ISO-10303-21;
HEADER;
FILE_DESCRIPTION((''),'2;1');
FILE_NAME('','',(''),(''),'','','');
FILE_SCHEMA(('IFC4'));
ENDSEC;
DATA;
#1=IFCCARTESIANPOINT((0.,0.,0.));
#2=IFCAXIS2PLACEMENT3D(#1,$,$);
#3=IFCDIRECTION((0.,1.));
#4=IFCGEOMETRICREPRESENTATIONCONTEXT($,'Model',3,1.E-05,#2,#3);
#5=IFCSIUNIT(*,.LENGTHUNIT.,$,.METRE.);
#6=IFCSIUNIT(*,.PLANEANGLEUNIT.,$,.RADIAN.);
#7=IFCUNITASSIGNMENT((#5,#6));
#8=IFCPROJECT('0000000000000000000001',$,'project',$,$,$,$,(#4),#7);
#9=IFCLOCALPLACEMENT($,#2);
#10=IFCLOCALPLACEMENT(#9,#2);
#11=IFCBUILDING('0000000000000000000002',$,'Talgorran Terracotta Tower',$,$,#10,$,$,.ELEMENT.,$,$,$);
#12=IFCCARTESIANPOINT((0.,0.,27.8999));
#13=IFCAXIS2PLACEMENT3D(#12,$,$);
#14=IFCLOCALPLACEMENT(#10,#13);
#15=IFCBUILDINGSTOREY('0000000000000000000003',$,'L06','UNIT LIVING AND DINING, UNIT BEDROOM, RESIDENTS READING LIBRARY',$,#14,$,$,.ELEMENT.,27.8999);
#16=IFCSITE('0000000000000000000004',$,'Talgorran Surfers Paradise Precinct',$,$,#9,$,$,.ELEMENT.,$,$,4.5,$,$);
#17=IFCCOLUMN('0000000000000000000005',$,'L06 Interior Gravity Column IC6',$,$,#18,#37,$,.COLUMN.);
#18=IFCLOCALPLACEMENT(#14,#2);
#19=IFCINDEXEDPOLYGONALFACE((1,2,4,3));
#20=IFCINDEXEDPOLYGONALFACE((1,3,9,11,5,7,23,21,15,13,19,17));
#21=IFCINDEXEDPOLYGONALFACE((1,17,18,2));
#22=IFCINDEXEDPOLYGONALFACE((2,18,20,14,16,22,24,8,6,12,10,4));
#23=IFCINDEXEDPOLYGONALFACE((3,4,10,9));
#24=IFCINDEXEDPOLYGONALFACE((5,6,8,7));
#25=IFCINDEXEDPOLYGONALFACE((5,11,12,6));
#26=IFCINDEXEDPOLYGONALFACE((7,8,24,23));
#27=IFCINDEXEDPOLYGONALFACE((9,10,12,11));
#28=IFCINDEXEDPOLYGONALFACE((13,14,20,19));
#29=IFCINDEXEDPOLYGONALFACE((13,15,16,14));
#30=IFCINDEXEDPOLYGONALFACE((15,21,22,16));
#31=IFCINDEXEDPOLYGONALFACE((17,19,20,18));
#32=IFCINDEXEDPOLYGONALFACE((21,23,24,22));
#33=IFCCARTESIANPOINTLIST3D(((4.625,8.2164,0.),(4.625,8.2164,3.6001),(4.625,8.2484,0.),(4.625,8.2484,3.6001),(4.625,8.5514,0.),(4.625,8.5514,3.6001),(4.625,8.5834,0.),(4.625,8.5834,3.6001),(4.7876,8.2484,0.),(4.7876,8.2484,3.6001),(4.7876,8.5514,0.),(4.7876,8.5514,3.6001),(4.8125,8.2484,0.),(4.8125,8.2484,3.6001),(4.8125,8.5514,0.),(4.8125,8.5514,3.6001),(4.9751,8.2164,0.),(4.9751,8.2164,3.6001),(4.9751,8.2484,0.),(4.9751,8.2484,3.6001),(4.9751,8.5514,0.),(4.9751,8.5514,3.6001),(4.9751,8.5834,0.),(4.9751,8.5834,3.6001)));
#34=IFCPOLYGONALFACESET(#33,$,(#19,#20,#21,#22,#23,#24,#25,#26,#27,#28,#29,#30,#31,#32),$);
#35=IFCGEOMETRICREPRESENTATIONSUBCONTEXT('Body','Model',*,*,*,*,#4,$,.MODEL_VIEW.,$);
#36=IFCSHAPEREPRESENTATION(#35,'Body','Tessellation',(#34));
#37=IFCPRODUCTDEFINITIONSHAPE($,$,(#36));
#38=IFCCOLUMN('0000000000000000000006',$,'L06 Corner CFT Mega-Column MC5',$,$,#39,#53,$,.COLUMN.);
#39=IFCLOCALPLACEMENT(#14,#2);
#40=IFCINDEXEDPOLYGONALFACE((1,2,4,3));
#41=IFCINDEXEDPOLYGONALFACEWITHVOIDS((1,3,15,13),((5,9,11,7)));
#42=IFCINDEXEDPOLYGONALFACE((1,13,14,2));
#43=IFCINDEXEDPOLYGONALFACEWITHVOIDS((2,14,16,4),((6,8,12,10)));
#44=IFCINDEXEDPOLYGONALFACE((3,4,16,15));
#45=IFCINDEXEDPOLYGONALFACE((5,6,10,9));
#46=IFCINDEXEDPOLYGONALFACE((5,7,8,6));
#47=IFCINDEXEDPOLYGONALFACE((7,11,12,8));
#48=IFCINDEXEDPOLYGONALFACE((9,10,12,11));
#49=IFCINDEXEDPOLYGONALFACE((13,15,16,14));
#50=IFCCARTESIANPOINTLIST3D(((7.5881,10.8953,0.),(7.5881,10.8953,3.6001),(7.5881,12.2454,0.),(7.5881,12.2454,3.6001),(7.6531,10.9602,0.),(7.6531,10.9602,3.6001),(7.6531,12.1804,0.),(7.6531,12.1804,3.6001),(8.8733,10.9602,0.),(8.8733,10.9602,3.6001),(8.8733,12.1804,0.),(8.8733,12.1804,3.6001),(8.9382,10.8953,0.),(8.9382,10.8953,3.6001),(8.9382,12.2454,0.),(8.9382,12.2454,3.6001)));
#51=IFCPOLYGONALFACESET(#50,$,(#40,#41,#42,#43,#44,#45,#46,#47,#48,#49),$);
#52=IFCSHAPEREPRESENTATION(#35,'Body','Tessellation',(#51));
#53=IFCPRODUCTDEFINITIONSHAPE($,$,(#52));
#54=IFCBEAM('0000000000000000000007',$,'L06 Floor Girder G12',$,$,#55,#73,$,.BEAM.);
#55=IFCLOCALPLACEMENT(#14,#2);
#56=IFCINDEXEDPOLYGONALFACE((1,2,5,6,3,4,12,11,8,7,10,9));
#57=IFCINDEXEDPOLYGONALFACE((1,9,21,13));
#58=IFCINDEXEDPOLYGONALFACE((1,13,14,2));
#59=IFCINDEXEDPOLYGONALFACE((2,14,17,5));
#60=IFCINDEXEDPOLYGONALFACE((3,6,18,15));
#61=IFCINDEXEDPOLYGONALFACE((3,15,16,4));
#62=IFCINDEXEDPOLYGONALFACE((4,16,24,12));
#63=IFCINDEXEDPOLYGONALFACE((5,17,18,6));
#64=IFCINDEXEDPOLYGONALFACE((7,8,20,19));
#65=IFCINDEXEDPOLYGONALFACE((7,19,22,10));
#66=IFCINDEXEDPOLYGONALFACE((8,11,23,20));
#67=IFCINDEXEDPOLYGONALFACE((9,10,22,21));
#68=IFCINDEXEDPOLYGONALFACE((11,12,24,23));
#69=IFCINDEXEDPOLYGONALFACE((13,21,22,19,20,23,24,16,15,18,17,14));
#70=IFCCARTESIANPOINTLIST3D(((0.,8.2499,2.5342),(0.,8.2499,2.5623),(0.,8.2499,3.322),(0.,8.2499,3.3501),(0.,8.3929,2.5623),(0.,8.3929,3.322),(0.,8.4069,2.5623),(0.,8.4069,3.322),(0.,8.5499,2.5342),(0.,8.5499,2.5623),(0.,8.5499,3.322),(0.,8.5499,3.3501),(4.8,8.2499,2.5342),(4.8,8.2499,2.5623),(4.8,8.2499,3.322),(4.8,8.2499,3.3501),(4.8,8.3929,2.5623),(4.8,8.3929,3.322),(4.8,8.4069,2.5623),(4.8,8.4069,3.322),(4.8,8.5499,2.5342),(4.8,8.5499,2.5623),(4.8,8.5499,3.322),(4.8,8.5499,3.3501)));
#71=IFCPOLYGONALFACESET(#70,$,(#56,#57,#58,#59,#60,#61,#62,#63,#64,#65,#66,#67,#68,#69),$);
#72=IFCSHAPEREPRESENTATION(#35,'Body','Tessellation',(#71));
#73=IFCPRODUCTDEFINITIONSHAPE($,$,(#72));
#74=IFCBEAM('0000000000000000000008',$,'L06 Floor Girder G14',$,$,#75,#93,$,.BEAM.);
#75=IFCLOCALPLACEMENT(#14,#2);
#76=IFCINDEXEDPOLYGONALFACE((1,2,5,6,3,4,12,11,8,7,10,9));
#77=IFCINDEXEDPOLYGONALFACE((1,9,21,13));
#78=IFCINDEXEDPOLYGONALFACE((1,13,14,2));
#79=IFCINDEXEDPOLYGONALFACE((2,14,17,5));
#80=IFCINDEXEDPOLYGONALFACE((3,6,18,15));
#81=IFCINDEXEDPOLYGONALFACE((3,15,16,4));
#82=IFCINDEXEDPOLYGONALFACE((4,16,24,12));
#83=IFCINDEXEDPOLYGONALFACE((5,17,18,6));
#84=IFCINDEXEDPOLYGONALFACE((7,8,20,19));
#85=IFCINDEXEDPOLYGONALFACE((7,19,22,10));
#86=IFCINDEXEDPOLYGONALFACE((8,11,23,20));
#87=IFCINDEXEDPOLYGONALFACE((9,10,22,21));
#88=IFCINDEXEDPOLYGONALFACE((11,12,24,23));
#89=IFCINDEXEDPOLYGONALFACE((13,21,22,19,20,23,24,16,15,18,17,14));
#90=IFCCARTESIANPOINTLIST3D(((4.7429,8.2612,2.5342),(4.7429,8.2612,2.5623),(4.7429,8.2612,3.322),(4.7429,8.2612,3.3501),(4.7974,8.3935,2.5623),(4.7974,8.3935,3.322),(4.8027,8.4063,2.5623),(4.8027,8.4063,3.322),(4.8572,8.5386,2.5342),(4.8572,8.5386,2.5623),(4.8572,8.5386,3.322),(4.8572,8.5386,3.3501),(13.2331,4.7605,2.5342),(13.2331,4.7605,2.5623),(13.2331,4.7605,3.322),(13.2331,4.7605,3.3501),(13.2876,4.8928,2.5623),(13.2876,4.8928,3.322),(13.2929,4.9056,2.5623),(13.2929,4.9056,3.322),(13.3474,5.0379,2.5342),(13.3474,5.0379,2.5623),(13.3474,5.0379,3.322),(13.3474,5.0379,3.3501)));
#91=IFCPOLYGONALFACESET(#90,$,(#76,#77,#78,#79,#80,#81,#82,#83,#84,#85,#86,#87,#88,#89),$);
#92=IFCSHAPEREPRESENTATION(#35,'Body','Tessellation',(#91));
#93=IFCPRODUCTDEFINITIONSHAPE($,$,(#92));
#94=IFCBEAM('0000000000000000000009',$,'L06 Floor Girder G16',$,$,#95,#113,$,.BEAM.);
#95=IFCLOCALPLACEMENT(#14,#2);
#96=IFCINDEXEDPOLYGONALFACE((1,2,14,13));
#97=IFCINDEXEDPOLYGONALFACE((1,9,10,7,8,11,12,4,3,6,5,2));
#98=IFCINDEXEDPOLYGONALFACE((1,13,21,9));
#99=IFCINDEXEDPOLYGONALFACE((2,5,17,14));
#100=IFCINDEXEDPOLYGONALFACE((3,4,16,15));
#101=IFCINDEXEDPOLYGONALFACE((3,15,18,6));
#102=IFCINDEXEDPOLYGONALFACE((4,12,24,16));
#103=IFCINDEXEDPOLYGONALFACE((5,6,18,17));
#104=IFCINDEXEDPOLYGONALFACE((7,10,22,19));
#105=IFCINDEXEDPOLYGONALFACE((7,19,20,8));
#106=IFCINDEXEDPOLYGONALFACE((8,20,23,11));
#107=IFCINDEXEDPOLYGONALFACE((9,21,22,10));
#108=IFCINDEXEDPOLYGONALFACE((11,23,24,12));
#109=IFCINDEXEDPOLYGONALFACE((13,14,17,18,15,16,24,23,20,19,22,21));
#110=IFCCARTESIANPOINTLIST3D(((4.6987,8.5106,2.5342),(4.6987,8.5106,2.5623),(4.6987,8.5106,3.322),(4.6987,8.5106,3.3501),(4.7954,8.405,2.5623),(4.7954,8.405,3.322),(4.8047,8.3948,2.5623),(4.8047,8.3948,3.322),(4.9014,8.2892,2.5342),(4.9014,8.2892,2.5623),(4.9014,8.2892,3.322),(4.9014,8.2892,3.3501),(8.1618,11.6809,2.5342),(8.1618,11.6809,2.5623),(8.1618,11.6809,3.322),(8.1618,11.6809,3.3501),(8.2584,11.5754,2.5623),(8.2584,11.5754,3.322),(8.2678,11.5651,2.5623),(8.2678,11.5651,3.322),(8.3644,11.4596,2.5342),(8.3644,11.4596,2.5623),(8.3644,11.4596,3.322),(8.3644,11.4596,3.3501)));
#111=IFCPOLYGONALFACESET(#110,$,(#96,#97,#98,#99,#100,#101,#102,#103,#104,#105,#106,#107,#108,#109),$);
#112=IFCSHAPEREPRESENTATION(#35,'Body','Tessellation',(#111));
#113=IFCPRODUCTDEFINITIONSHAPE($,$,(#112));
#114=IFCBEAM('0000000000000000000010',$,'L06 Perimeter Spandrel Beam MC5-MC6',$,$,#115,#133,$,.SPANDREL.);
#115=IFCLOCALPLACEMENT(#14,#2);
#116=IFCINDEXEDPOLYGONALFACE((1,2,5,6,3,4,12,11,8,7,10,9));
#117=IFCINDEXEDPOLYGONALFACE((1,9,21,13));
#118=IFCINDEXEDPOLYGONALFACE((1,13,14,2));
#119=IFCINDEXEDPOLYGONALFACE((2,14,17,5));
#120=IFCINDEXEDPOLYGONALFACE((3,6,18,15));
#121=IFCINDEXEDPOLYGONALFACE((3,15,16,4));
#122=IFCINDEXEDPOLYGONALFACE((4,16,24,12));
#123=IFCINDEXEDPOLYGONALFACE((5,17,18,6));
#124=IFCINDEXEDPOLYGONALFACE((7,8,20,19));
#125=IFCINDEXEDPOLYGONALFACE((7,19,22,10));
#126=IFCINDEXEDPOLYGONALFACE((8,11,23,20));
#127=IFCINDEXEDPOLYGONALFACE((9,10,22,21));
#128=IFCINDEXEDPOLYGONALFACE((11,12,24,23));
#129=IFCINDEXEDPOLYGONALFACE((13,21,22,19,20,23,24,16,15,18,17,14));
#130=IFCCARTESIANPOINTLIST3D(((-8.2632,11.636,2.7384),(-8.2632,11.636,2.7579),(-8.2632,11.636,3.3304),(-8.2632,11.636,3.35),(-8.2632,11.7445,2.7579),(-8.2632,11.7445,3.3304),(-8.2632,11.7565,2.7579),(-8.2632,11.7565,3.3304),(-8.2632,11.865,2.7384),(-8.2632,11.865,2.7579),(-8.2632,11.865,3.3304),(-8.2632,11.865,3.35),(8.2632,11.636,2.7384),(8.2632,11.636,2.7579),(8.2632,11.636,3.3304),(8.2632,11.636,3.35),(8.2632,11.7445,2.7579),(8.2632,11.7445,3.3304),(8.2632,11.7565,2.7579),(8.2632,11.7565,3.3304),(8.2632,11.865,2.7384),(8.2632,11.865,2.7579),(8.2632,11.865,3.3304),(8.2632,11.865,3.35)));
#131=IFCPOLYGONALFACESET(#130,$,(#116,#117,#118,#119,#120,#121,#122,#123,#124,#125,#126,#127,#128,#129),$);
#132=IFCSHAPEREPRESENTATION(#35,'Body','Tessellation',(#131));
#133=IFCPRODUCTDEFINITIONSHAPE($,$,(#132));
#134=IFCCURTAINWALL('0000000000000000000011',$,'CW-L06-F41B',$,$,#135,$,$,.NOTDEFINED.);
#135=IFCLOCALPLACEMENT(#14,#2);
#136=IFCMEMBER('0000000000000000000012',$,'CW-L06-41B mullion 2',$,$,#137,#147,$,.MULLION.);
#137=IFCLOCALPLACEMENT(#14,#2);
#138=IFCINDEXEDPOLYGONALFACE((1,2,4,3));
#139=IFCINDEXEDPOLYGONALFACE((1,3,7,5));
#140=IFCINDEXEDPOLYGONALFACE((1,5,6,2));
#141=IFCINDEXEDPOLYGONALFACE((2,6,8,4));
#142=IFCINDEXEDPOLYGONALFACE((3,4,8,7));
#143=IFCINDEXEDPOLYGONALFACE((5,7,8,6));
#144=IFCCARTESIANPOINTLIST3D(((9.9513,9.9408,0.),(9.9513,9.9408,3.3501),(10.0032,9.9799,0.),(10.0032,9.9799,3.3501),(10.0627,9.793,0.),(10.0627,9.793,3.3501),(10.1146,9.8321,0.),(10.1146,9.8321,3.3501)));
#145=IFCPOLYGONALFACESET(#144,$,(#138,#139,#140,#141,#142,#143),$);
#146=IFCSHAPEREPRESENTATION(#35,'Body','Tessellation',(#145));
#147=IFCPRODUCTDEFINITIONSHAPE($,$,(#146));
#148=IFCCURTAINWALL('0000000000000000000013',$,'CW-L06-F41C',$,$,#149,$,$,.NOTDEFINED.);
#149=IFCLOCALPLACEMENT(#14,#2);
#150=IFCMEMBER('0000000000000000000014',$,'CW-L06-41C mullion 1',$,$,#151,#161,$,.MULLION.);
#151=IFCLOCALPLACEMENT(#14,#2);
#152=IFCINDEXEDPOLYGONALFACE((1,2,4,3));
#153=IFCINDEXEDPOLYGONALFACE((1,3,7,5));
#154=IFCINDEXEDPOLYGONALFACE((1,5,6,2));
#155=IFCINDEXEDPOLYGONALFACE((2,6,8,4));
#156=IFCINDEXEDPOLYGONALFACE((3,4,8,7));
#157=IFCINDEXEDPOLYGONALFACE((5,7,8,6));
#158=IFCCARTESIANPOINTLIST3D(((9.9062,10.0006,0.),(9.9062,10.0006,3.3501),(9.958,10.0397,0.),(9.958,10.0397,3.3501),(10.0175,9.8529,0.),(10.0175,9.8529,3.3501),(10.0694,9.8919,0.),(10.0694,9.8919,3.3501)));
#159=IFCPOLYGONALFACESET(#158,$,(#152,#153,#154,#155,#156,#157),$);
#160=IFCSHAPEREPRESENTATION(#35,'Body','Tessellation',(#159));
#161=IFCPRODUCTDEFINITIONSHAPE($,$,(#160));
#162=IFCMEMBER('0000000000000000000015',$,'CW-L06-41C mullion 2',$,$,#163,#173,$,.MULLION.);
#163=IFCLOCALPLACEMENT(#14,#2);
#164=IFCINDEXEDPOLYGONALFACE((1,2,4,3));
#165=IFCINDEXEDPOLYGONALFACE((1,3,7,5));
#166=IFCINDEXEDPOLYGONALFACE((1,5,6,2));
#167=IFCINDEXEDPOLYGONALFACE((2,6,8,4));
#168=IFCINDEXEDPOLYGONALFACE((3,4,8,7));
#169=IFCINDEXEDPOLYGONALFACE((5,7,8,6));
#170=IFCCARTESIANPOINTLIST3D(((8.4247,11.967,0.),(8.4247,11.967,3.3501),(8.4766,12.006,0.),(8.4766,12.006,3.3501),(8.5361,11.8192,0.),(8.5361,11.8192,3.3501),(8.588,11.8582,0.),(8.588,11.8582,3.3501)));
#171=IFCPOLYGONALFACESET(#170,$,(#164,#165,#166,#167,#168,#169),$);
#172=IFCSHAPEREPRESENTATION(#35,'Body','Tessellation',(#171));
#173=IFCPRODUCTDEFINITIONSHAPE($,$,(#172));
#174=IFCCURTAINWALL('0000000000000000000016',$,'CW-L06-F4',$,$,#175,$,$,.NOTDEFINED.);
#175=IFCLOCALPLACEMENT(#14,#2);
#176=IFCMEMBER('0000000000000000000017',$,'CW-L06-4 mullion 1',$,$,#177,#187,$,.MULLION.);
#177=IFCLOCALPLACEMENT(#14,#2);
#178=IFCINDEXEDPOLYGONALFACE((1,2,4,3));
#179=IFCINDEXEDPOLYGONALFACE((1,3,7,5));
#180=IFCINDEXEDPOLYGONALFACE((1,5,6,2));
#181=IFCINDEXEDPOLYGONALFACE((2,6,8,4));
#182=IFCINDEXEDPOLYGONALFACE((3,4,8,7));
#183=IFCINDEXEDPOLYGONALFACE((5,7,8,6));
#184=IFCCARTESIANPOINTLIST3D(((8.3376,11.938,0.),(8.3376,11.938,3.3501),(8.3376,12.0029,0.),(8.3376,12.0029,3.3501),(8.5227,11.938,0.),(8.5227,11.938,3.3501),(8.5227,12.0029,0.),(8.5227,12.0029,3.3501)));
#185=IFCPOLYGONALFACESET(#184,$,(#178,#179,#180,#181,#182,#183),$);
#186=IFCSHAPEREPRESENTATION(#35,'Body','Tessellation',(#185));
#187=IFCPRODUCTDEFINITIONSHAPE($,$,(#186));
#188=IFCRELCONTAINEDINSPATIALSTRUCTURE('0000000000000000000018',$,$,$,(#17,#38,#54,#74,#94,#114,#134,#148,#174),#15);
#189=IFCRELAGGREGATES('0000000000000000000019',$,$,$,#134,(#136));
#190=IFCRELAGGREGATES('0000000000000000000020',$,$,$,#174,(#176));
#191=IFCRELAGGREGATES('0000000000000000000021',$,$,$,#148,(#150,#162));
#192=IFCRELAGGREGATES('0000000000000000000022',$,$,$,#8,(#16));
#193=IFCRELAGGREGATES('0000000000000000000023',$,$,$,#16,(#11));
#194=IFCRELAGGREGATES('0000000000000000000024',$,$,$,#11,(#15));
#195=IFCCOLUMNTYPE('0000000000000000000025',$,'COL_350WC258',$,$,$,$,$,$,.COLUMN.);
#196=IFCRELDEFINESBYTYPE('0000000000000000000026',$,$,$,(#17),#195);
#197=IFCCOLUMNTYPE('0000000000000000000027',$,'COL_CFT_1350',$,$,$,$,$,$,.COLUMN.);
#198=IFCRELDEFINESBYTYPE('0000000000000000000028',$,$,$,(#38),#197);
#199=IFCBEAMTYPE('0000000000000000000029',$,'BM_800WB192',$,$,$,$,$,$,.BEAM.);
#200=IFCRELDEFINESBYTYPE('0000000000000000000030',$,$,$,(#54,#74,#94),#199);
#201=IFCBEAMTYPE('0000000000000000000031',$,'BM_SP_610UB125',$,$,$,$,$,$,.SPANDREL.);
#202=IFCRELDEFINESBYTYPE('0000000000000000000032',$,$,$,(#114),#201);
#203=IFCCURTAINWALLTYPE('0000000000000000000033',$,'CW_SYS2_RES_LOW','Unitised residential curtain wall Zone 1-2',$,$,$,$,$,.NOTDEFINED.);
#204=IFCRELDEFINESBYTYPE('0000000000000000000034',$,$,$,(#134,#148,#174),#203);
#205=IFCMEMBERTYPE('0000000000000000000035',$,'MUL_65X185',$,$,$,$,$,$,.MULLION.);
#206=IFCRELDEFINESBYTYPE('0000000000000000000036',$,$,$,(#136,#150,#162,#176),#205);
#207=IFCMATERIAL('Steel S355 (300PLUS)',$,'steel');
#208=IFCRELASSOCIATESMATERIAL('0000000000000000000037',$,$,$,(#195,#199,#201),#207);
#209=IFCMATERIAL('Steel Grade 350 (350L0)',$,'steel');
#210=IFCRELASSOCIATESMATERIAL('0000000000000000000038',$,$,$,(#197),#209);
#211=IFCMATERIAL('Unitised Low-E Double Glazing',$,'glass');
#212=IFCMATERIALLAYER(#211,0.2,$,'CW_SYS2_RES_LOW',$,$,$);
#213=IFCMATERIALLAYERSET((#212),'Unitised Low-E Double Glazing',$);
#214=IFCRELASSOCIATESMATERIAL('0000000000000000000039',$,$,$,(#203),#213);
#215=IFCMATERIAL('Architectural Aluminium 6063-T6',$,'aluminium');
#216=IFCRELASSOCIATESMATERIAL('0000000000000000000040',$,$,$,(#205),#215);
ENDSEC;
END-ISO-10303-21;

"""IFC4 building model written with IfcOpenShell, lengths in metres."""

from ifc_helpers import new_model, si_unit, direction, frame, origin, origin_2d, place, context, subcontext, project, spatial, rectangle, hollow_rectangle, i_section, extrude, material, layer, layer_set, material_profile, profile_set, type_object, element, aggregate, save


model = new_model("IFC4")

# Units and contexts
model_context = context("Model", 3, precision=1e-05, world=origin(), true_north=direction((0.0, 1.0)))
body_context = subcontext(model_context, "Body", "Model", "MODEL_VIEW")
ifc_project = project(units=[si_unit("LENGTHUNIT", "METRE"), si_unit("PLANEANGLEUNIT", "RADIAN")], contexts=[model_context])

# Site, building, storey
site_placement = place(None, origin())
site = spatial("IfcSite", under=ifc_project, at=site_placement, Name="Talgorran Surfers Paradise Precinct", CompositionType="ELEMENT", RefElevation=4.5)
building_placement = place(site_placement, origin())
building = spatial("IfcBuilding", under=site, at=building_placement, Name="Talgorran Terracotta Tower", CompositionType="ELEMENT")
storey_placement = place(building_placement, frame((0.0, 0.0, 27.8999)))
storey = spatial("IfcBuildingStorey", under=building, at=storey_placement, Name="L06", Description="UNIT LIVING AND DINING, UNIT BEDROOM, RESIDENTS READING LIBRARY", CompositionType="ELEMENT", Elevation=27.8999)

# Columns
ifc_material_1 = material(Name="Steel S355 (300PLUS)", Category="steel")
ifc_material_profile_1 = material_profile(ifc_material_1, i_section(OverallWidth=0.3501, OverallDepth=0.3669, WebThickness=0.0249, FlangeThickness=0.032, at=origin_2d()), Name="350WC258")
ifc_profile_set_1 = profile_set([ifc_material_profile_1], Name="Steel S355 (300PLUS)")
column_type_1 = type_object("IfcColumnType", Name="COL_350WC258", PredefinedType="COLUMN", material=ifc_profile_set_1)
column_1_placement = place(storey_placement, frame((4.8, 8.3999, 0.0), z_axis=(0.0, 0.0, 1.0), x_axis=(1.0, 0.0, 0.0)))
element("IfcColumn", 1, at=column_1_placement, inside=storey, type_object=column_type_1, Name="L06 Interior Gravity Column IC6", PredefinedType="COLUMN", context=body_context, shape_type="SweptSolid", body=[
    extrude(i_section(OverallWidth=0.3501, OverallDepth=0.3669, WebThickness=0.0249, FlangeThickness=0.032, at=origin_2d()), origin(), (0.0, 0.0, 1.0), 3.6001),
])
ifc_material_2 = material(Name="Steel Grade 350 (350L0)", Category="steel")
ifc_material_profile_2 = material_profile(ifc_material_2, hollow_rectangle(XDim=1.3501, YDim=1.3501, WallThickness=0.0649, at=origin_2d()), Name="CFT1350X1350X65")
ifc_profile_set_2 = profile_set([ifc_material_profile_2], Name="Steel Grade 350 (350L0)")
column_type_2 = type_object("IfcColumnType", Name="COL_CFT_1350", PredefinedType="COLUMN", material=ifc_profile_set_2)
column_2_placement = place(storey_placement, frame((8.2632, 11.5703, 0.0), z_axis=(0.0, 0.0, 1.0), x_axis=(1.0, 0.0, 0.0)))
element("IfcColumn", 2, at=column_2_placement, inside=storey, type_object=column_type_2, Name="L06 Corner CFT Mega-Column MC5", PredefinedType="COLUMN", context=body_context, shape_type="SweptSolid", body=[
    extrude(hollow_rectangle(XDim=1.3501, YDim=1.3501, WallThickness=0.0649, at=origin_2d()), origin(), (0.0, 0.0, 1.0), 3.6001),
])

# Beams
ifc_material_profile_3 = material_profile(ifc_material_1, i_section(OverallWidth=0.3, OverallDepth=0.8159, WebThickness=0.0139, FlangeThickness=0.0281, at=origin_2d()), Name="800WB192")
ifc_profile_set_3 = profile_set([ifc_material_profile_3], Name="Steel S355 (300PLUS)")
beam_type_1 = type_object("IfcBeamType", Name="BM_800WB192", PredefinedType="BEAM", material=ifc_profile_set_3)
beam_1_placement = place(storey_placement, frame((0.0, 8.3999, 2.9421), z_axis=(1.0, 0.0, 0.0), x_axis=(0.0, 1.0, 0.0)))
element("IfcBeam", 3, at=beam_1_placement, inside=storey, type_object=beam_type_1, Name="L06 Floor Girder G12", PredefinedType="BEAM", context=body_context, shape_type="SweptSolid", body=[
    extrude(i_section(OverallWidth=0.3, OverallDepth=0.8159, WebThickness=0.0139, FlangeThickness=0.0281, at=origin_2d()), origin(), (0.0, 0.0, 1.0), 4.8),
])
beam_2_placement = place(storey_placement, frame((4.8, 8.3999, 2.9421), z_axis=(0.924496, -0.381192, 0.0), x_axis=(0.381192, 0.924496, 0.0)))
element("IfcBeam", 4, at=beam_2_placement, inside=storey, type_object=beam_type_1, Name="L06 Floor Girder G14", PredefinedType="BEAM", context=body_context, shape_type="SweptSolid", body=[
    extrude(i_section(OverallWidth=0.3, OverallDepth=0.8159, WebThickness=0.0139, FlangeThickness=0.0281, at=origin_2d()), origin(), (0.0, 0.0, 1.0), 9.1836),
])
beam_3_placement = place(storey_placement, frame((4.8, 8.3999, 2.9421), z_axis=(0.737592, 0.675246, 0.0), x_axis=(-0.675246, 0.737592, 0.0)))
element("IfcBeam", 5, at=beam_3_placement, inside=storey, type_object=beam_type_1, Name="L06 Floor Girder G16", PredefinedType="BEAM", context=body_context, shape_type="SweptSolid", body=[
    extrude(i_section(OverallWidth=0.3, OverallDepth=0.8159, WebThickness=0.0139, FlangeThickness=0.0281, at=origin_2d()), origin(), (0.0, 0.0, 1.0), 4.6951),
])
ifc_material_profile_4 = material_profile(ifc_material_1, i_section(OverallWidth=0.229, OverallDepth=0.6116, WebThickness=0.012, FlangeThickness=0.0195, at=origin_2d()), Name="610UB125")
ifc_profile_set_4 = profile_set([ifc_material_profile_4], Name="Steel S355 (300PLUS)")
beam_type_2 = type_object("IfcBeamType", Name="BM_SP_610UB125", PredefinedType="SPANDREL", material=ifc_profile_set_4)
beam_4_placement = place(storey_placement, frame((8.2632, 11.7505, 3.0442), z_axis=(-1.0, 0.0, 0.0), x_axis=(0.0, -1.0, 0.0)))
element("IfcBeam", 6, at=beam_4_placement, inside=storey, type_object=beam_type_2, Name="L06 Perimeter Spandrel Beam MC5-MC6", PredefinedType="SPANDREL", context=body_context, shape_type="SweptSolid", body=[
    extrude(i_section(OverallWidth=0.229, OverallDepth=0.6116, WebThickness=0.012, FlangeThickness=0.0195, at=origin_2d()), origin(), (0.0, 0.0, 1.0), 16.5264),
])

# Curtain wall, member
ifc_material_3 = material(Name="Unitised Low-E Double Glazing", Category="glass")
ifc_layer_1 = layer(ifc_material_3, 0.2, Name="CW_SYS2_RES_LOW")
ifc_layer_set_1 = layer_set([ifc_layer_1], Name="Unitised Low-E Double Glazing")
curtain_wall_type = type_object("IfcCurtainWallType", Name="CW_SYS2_RES_LOW", Description="Unitised residential curtain wall Zone 1-2", PredefinedType="NOTDEFINED", material=ifc_layer_set_1)
curtain_wall_1_placement = place(storey_placement, origin())
curtain_wall_1 = element("IfcCurtainWall", 7, at=curtain_wall_1_placement, inside=storey, type_object=curtain_wall_type, Name="CW-L06-F41B", PredefinedType="NOTDEFINED")
ifc_material_4 = material(Name="Architectural Aluminium 6063-T6", Category="aluminium")
ifc_material_profile_5 = material_profile(ifc_material_4, rectangle(XDim=0.0649, YDim=0.1851, at=origin_2d()), Name="CWM65X185")
ifc_profile_set_5 = profile_set([ifc_material_profile_5], Name="Architectural Aluminium 6063-T6")
member_type_1 = type_object("IfcMemberType", Name="MUL_65X185", PredefinedType="MULLION", material=ifc_profile_set_5)
member_1_placement = place(storey_placement, frame((10.033, 9.8865, 0.0), z_axis=(0.0, 0.0, 1.0), x_axis=(-0.798611, -0.601847, 0.0)))
member_1 = element("IfcMember", 8, at=member_1_placement, type_object=member_type_1, Name="CW-L06-41B mullion 2", PredefinedType="MULLION", context=body_context, shape_type="SweptSolid", body=[
    extrude(rectangle(XDim=0.0649, YDim=0.1851, at=origin_2d()), origin(), (0.0, 0.0, 1.0), 3.3501),
])
aggregate(curtain_wall_1, [member_1])

# Curtain walls, members
curtain_wall_2_placement = place(storey_placement, origin())
curtain_wall_2 = element("IfcCurtainWall", 9, at=curtain_wall_2_placement, inside=storey, type_object=curtain_wall_type, Name="CW-L06-F41C", PredefinedType="NOTDEFINED")
member_2_placement = place(storey_placement, frame((9.9878, 9.9463, 0.0), z_axis=(0.0, 0.0, 1.0), x_axis=(-0.798645, -0.601803, 0.0)))
member_2 = element("IfcMember", 10, at=member_2_placement, type_object=member_type_1, Name="CW-L06-41C mullion 1", PredefinedType="MULLION", context=body_context, shape_type="SweptSolid", body=[
    extrude(rectangle(XDim=0.0649, YDim=0.1851, at=origin_2d()), origin(), (0.0, 0.0, 1.0), 3.3501),
])
member_3_placement = place(storey_placement, frame((8.5063, 11.9126, 0.0), z_axis=(0.0, 0.0, 1.0), x_axis=(-0.798645, -0.601803, 0.0)))
member_3 = element("IfcMember", 11, at=member_3_placement, type_object=member_type_1, Name="CW-L06-41C mullion 2", PredefinedType="MULLION", context=body_context, shape_type="SweptSolid", body=[
    extrude(rectangle(XDim=0.0649, YDim=0.1851, at=origin_2d()), origin(), (0.0, 0.0, 1.0), 3.3501),
])
curtain_wall_3_placement = place(storey_placement, origin())
curtain_wall_3 = element("IfcCurtainWall", 12, at=curtain_wall_3_placement, inside=storey, type_object=curtain_wall_type, Name="CW-L06-F4", PredefinedType="NOTDEFINED")
member_4_placement = place(storey_placement, frame((8.4302, 11.9705, 0.0), z_axis=(0.0, 0.0, 1.0), x_axis=(0.0, -1.0, 0.0)))
member_4 = element("IfcMember", 13, at=member_4_placement, type_object=member_type_1, Name="CW-L06-4 mullion 1", PredefinedType="MULLION", context=body_context, shape_type="SweptSolid", body=[
    extrude(rectangle(XDim=0.0649, YDim=0.1851, at=origin_2d()), origin(), (0.0, 0.0, 1.0), 3.3501),
])

aggregate(curtain_wall_3, [member_4])
aggregate(curtain_wall_2, [member_2, member_3])

save(model, "model.ifc")
